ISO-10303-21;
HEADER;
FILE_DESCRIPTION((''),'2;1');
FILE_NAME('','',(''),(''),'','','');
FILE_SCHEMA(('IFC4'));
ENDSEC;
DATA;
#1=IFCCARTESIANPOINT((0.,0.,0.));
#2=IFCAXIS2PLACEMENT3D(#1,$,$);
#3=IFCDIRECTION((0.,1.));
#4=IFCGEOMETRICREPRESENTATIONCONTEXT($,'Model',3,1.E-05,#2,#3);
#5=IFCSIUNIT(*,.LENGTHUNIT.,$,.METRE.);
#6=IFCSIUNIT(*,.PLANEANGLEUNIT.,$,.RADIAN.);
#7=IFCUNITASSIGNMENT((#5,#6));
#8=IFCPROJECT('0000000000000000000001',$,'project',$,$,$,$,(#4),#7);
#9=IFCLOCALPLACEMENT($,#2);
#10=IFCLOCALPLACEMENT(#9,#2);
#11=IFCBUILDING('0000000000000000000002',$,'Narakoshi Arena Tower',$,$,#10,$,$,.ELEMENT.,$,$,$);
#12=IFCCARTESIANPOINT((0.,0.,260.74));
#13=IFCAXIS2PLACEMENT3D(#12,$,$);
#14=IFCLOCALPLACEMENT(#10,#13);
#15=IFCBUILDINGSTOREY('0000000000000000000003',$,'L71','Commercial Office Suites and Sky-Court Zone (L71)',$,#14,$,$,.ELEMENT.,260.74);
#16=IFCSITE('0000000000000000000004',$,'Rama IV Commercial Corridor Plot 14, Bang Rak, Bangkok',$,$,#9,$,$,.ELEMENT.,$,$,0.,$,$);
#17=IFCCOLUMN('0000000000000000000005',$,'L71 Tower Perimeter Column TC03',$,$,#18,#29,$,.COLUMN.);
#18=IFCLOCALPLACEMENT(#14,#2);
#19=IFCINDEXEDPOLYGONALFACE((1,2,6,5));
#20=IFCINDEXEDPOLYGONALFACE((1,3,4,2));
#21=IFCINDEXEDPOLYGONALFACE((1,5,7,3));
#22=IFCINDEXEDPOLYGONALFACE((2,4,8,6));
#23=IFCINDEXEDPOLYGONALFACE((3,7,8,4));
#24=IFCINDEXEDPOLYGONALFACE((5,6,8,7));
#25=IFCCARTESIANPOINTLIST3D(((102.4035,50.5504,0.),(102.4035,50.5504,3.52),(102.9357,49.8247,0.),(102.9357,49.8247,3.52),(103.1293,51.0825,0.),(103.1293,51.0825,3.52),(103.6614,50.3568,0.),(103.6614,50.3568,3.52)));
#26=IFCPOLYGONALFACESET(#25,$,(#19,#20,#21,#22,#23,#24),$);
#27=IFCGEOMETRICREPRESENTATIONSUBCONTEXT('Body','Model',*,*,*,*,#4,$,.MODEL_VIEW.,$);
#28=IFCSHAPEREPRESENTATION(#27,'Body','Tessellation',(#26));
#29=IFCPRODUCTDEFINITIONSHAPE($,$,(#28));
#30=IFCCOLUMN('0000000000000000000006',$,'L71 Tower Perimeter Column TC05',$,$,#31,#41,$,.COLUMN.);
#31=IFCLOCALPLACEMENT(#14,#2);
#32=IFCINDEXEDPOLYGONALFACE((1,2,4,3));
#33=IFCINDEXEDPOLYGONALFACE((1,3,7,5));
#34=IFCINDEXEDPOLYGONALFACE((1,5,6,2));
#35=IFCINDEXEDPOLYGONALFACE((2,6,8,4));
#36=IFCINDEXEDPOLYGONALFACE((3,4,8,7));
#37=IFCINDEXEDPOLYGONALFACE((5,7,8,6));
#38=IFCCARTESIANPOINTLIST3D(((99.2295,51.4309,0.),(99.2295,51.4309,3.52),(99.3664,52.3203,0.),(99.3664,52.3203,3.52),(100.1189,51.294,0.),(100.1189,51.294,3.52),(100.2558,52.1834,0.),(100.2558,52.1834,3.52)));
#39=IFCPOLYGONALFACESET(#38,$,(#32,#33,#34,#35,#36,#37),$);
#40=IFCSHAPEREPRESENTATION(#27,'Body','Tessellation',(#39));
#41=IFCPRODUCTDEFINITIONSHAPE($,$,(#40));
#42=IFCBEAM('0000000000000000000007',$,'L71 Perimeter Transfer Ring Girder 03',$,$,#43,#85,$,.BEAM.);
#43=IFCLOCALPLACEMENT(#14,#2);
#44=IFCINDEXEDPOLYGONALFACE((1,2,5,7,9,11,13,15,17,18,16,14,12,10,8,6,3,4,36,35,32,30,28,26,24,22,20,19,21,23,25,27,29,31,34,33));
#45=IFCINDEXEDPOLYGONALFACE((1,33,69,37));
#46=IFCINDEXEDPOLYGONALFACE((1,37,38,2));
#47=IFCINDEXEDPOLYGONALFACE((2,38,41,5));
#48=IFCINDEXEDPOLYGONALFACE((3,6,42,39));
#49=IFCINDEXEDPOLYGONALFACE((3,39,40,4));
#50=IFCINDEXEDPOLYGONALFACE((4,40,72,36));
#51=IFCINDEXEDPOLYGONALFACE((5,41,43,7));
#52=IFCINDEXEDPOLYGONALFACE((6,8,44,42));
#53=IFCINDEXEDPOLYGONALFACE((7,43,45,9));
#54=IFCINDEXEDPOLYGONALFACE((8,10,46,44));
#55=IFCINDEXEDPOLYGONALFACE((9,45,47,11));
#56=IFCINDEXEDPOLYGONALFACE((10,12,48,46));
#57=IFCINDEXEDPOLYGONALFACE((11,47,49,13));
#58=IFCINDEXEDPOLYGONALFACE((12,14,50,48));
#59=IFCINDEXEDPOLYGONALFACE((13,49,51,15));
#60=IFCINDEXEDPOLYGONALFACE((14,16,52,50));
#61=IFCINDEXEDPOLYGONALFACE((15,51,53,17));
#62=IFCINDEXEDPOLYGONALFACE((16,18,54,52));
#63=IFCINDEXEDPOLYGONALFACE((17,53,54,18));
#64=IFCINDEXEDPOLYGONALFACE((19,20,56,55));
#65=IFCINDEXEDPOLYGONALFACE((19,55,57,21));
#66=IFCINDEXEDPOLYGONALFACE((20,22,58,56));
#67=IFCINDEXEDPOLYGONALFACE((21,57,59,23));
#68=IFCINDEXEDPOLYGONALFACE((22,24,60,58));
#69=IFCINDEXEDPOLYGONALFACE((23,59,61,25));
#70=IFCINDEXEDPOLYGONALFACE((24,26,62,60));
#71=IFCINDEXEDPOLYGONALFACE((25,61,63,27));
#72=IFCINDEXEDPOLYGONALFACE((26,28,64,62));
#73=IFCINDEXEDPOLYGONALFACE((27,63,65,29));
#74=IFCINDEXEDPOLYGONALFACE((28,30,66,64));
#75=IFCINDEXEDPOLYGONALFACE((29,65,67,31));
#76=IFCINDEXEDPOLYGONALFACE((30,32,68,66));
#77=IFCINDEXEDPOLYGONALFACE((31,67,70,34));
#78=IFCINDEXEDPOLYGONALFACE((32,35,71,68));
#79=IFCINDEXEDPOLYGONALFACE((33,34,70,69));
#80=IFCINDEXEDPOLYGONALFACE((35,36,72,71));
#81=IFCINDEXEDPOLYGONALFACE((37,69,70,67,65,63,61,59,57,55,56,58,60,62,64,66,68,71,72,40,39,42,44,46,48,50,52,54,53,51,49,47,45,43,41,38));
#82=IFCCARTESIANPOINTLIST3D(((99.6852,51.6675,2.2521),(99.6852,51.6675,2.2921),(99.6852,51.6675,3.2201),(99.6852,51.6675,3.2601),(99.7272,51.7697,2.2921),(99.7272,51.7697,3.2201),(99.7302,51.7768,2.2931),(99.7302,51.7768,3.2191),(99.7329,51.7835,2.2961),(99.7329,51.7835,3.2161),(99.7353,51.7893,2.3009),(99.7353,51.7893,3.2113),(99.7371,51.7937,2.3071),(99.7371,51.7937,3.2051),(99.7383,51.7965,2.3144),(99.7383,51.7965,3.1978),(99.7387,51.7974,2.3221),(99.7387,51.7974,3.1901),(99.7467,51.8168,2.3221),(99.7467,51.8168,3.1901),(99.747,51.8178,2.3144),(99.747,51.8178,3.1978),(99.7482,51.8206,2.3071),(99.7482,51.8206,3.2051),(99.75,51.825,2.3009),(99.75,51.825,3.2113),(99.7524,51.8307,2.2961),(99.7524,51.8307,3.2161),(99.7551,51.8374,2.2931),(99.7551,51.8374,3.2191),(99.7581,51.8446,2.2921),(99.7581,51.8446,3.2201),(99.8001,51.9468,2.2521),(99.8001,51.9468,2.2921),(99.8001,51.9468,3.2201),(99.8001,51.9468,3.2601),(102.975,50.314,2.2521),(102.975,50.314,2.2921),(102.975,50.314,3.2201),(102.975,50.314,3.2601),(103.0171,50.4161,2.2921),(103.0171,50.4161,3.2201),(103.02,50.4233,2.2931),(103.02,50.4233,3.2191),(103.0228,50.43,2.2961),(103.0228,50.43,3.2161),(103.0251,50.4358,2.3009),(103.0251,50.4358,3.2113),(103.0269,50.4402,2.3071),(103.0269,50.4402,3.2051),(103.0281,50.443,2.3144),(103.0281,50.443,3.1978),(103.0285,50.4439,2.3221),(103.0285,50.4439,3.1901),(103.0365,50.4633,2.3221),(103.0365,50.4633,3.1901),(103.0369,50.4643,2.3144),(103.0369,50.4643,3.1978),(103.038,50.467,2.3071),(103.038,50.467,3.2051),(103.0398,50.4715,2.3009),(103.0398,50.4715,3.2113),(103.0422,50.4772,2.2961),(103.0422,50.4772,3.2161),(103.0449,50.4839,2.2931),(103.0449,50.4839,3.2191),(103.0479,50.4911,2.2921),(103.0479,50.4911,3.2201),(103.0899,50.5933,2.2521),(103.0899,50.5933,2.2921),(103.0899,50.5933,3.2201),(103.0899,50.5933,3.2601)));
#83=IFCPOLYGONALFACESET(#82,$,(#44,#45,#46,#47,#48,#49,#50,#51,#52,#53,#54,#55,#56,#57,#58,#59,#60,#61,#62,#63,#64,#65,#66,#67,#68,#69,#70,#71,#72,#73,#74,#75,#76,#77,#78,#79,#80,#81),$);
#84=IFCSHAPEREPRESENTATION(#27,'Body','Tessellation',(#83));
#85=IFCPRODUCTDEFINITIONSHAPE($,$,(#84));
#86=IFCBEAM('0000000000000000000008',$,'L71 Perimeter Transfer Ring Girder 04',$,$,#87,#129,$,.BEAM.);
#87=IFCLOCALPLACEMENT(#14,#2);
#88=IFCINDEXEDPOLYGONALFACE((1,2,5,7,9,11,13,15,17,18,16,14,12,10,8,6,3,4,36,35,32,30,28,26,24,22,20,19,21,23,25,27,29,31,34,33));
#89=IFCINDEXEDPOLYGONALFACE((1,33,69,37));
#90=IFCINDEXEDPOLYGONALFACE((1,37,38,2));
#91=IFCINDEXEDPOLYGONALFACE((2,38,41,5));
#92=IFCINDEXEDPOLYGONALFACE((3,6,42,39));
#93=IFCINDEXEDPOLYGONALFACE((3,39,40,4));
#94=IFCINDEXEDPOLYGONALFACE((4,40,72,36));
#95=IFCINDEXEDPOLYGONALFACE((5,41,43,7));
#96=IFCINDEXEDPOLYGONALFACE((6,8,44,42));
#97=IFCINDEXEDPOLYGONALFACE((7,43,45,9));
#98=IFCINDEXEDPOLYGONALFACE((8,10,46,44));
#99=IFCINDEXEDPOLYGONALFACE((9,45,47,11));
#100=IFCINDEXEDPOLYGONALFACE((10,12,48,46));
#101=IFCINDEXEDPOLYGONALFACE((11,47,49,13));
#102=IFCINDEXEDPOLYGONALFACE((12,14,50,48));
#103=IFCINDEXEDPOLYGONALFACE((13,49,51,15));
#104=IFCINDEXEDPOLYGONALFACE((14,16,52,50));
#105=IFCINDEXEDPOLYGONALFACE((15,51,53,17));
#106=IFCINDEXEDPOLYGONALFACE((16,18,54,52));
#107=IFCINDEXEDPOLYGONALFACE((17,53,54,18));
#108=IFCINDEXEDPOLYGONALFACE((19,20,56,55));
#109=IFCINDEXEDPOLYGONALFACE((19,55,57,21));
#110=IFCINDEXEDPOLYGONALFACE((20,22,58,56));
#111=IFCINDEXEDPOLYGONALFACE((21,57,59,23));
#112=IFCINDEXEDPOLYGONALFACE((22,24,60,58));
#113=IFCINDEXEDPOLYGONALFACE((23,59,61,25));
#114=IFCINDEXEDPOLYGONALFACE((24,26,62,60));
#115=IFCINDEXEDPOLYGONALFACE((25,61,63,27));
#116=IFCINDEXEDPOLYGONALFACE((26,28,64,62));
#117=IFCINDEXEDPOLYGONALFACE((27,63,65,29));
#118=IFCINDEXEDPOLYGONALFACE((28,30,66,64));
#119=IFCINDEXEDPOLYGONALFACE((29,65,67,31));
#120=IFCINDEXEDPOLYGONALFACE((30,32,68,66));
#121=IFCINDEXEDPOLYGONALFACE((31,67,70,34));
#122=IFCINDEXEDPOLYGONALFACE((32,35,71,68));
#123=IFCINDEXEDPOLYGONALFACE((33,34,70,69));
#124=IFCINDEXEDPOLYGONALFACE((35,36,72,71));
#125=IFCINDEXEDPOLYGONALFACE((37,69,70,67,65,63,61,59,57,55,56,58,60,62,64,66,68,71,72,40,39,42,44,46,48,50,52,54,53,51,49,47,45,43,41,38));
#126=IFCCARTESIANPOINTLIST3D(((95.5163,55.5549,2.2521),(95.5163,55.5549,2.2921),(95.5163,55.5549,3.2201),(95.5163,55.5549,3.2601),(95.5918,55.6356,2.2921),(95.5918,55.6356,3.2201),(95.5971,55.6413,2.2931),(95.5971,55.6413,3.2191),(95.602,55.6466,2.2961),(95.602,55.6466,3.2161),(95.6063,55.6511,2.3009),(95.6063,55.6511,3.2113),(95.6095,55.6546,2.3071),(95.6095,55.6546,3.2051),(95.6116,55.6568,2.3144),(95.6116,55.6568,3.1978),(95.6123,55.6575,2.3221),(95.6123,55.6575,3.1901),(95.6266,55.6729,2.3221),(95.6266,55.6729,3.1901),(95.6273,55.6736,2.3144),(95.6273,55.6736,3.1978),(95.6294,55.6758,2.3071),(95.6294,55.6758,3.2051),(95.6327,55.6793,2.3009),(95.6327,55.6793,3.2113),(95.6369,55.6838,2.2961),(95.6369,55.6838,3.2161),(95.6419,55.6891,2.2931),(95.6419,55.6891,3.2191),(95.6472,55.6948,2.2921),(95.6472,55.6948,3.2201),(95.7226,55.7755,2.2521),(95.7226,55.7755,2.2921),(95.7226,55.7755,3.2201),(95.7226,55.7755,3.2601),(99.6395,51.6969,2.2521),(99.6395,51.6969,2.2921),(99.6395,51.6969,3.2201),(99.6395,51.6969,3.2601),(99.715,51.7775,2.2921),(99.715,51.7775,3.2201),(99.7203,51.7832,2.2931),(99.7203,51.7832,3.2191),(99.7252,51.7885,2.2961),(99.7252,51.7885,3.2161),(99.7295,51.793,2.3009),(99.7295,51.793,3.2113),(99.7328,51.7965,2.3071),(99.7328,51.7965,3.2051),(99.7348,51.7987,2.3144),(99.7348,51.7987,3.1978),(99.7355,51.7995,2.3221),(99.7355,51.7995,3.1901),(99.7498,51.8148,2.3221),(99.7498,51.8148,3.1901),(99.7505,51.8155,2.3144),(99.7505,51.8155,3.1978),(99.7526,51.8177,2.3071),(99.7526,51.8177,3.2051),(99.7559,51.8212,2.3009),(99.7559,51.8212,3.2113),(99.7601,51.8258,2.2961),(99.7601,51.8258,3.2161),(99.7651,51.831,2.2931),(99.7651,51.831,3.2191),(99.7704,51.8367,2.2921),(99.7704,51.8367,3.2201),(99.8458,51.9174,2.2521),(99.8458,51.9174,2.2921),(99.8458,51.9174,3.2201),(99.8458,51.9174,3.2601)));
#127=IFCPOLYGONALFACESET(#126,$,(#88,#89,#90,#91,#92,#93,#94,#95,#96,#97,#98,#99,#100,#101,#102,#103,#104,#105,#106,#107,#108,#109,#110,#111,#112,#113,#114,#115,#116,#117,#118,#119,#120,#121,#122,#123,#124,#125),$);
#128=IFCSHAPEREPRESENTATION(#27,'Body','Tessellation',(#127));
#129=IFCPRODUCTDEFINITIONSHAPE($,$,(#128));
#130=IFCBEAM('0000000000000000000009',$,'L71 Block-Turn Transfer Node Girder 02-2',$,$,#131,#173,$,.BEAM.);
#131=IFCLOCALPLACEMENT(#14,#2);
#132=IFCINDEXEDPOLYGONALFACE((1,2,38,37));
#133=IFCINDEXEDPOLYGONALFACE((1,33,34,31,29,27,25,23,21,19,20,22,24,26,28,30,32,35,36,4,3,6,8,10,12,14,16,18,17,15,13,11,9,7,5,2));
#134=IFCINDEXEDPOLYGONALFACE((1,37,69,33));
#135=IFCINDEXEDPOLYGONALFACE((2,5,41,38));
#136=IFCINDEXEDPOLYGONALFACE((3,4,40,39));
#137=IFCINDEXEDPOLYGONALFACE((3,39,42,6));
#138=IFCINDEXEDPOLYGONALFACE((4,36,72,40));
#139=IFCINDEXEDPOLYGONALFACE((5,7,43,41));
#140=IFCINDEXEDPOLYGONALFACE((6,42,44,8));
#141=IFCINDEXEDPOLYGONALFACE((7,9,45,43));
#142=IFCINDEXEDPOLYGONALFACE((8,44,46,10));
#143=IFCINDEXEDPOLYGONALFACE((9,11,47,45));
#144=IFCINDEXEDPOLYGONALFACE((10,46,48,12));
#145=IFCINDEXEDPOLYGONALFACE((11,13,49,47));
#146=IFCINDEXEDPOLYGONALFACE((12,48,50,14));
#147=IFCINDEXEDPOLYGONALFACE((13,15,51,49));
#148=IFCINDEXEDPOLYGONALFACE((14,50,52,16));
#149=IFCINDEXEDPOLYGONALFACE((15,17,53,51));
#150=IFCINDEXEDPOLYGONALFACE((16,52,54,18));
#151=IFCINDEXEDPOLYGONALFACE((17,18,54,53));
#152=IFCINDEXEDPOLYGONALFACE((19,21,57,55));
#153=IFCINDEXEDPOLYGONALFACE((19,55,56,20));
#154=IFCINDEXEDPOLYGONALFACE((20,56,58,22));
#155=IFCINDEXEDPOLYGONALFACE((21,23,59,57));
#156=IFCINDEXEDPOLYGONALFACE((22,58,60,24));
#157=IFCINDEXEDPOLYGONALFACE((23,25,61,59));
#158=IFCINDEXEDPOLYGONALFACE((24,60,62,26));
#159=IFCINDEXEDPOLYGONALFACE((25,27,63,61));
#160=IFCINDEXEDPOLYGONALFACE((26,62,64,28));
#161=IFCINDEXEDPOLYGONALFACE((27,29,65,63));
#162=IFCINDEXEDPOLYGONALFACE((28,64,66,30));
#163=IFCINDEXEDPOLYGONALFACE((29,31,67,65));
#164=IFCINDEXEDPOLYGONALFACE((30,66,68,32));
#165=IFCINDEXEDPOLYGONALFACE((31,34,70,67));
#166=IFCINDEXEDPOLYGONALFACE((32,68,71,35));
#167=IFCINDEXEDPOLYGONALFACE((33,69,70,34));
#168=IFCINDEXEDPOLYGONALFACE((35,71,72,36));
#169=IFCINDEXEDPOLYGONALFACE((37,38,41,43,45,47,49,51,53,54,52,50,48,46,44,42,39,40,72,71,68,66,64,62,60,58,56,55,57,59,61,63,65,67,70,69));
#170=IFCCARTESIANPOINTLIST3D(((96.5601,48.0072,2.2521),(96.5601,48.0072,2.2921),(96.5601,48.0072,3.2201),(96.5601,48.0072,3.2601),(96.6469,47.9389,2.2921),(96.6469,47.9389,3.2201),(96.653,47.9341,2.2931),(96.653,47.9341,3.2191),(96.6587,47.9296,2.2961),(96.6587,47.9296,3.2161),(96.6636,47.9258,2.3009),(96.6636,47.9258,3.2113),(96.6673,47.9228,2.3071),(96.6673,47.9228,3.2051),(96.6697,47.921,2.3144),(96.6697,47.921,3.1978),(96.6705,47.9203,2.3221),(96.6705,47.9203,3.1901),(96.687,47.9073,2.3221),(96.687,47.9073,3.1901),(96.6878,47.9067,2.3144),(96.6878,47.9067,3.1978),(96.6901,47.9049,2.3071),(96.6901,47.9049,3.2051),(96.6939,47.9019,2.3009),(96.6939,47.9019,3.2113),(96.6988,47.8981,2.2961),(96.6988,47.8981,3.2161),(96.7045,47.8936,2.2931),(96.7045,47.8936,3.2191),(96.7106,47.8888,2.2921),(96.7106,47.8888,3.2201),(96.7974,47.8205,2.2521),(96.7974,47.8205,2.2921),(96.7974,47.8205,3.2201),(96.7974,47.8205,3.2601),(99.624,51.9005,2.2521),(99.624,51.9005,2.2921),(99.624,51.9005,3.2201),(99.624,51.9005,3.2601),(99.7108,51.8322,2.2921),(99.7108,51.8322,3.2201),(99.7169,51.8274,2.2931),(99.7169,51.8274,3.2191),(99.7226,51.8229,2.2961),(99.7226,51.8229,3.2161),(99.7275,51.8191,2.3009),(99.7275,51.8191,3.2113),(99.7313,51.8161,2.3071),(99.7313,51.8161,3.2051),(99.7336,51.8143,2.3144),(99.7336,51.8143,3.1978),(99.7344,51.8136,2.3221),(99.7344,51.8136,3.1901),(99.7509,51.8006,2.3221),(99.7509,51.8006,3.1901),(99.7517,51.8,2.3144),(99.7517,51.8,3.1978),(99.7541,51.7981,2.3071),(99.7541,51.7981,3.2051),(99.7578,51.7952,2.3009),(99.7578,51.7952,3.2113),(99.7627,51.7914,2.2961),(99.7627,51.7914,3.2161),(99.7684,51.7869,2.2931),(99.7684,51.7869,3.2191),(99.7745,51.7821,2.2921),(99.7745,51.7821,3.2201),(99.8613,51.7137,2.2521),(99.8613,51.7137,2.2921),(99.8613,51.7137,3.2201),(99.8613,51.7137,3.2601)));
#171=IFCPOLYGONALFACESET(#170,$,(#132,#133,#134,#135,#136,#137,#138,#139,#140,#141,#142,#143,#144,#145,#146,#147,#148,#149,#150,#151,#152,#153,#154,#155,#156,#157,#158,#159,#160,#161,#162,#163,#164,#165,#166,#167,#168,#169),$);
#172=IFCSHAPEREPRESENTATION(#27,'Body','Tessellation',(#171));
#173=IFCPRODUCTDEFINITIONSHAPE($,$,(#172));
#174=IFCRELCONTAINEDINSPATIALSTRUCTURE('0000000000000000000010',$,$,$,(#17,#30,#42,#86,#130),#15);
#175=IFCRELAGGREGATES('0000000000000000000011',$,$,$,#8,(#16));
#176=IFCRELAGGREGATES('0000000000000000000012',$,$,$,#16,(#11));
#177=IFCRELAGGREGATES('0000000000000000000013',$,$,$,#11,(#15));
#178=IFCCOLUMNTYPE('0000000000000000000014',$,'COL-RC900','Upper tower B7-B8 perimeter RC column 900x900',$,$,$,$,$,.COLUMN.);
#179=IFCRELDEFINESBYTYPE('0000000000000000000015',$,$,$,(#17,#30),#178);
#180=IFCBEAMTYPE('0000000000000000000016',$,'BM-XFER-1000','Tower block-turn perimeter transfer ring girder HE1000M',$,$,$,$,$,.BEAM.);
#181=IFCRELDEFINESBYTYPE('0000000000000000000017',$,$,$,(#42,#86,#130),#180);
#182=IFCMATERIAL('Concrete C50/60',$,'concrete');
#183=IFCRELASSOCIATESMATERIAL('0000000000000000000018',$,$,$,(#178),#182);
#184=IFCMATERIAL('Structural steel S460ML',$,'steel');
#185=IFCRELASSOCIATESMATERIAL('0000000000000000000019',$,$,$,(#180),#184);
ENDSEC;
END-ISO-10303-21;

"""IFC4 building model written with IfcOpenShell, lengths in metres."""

from ifc_helpers import new_model, si_unit, direction, frame, origin, origin_2d, place, context, subcontext, project, spatial, rectangle, i_section, extrude, material, material_profile, profile_set, type_object, element, save


model = new_model("IFC4")

# Units and contexts
model_context = context("Model", 3, precision=1e-05, world=origin(), true_north=direction((0.0, 1.0)))
body_context = subcontext(model_context, "Body", "Model", "MODEL_VIEW")
ifc_project = project(units=[si_unit("LENGTHUNIT", "METRE"), si_unit("PLANEANGLEUNIT", "RADIAN")], contexts=[model_context])

# Site, building, storey
site_placement = place(None, origin())
site = spatial("IfcSite", under=ifc_project, at=site_placement, Name="Rama IV Commercial Corridor Plot 14, Bang Rak, Bangkok", CompositionType="ELEMENT", RefElevation=0.0)
building_placement = place(site_placement, origin())
building = spatial("IfcBuilding", under=site, at=building_placement, Name="Narakoshi Arena Tower", CompositionType="ELEMENT")
storey_placement = place(building_placement, frame((0.0, 0.0, 260.74)))
storey = spatial("IfcBuildingStorey", under=building, at=storey_placement, Name="L71", Description="Commercial Office Suites and Sky-Court Zone (L71)", CompositionType="ELEMENT", Elevation=260.74)

# Columns
ifc_material_1 = material(Name="Concrete C50/60", Category="concrete")
ifc_material_profile_1 = material_profile(ifc_material_1, rectangle(XDim=0.8999, YDim=0.8999, at=origin_2d()), Name="RC900x900")
ifc_profile_set_1 = profile_set([ifc_material_profile_1], Name="Concrete C50/60")
column_type = type_object("IfcColumnType", Name="COL-RC900", Description="Upper tower B7-B8 perimeter RC column 900x900", PredefinedType="COLUMN", material=ifc_profile_set_1)
for number, where, z_axis, x_axis, name in (
    (1, (103.0325, 50.4536, 0.0), (0.0, 0.0, 1.0), (0.806445, 0.59131, 0.0), "L71 Tower Perimeter Column TC03"),
    (2, (99.7427, 51.8071, 0.0), (0.0, 0.0, 1.0), (0.152123, 0.988362, 0.0), "L71 Tower Perimeter Column TC05"),
):
    element("IfcColumn", number, at=place(storey_placement, frame(where, z_axis=z_axis, x_axis=x_axis)), inside=storey, type_object=column_type, Name=name, PredefinedType="COLUMN", context=body_context, shape_type="SweptSolid", body=[
        extrude(rectangle(XDim=0.8999, YDim=0.8999, at=origin_2d()), origin(), (0.0, 0.0, 1.0), 3.52),
    ])

# Beams
ifc_material_2 = material(Name="Structural steel S460ML", Category="steel")
ifc_material_profile_2 = material_profile(ifc_material_2, i_section(OverallWidth=0.302, OverallDepth=1.0081, WebThickness=0.021, FlangeThickness=0.04, FilletRadius=0.03, at=origin_2d()), Name="HE1000M")
ifc_profile_set_2 = profile_set([ifc_material_profile_2], Name="Structural steel S460ML")
beam_type = type_object("IfcBeamType", Name="BM-XFER-1000", Description="Tower block-turn perimeter transfer ring girder HE1000M", PredefinedType="BEAM", material=ifc_profile_set_2)
beam_1_placement = place(storey_placement, frame((103.0325, 50.4536, 2.7561), z_axis=(-0.924788, 0.380484, 0.0), x_axis=(-0.380484, -0.924788, 0.0)))
element("IfcBeam", 3, at=beam_1_placement, inside=storey, type_object=beam_type, Name="L71 Perimeter Transfer Ring Girder 03", PredefinedType="BEAM", context=body_context, shape_type="SweptSolid", body=[
    extrude(i_section(OverallWidth=0.302, OverallDepth=1.0081, WebThickness=0.021, FlangeThickness=0.04, FilletRadius=0.03, at=origin_2d()), origin(), (0.0, 0.0, 1.0), 3.5574),
])
beam_2_placement = place(storey_placement, frame((99.7427, 51.8071, 2.7561), z_axis=(-0.730193, 0.68324, 0.0), x_axis=(-0.68324, -0.730193, 0.0)))
element("IfcBeam", 4, at=beam_2_placement, inside=storey, type_object=beam_type, Name="L71 Perimeter Transfer Ring Girder 04", PredefinedType="BEAM", context=body_context, shape_type="SweptSolid", body=[
    extrude(i_section(OverallWidth=0.302, OverallDepth=1.0081, WebThickness=0.021, FlangeThickness=0.04, FilletRadius=0.03, at=origin_2d()), origin(), (0.0, 0.0, 1.0), 5.6467),
])
beam_3_placement = place(storey_placement, frame((99.7427, 51.8071, 2.7561), z_axis=(-0.618437, -0.785834, 0.0), x_axis=(0.785834, -0.618437, 0.0)))
element("IfcBeam", 5, at=beam_3_placement, inside=storey, type_object=beam_type, Name="L71 Block-Turn Transfer Node Girder 02-2", PredefinedType="BEAM", context=body_context, shape_type="SweptSolid", body=[
    extrude(i_section(OverallWidth=0.302, OverallDepth=1.0081, WebThickness=0.021, FlangeThickness=0.04, FilletRadius=0.03, at=origin_2d()), origin(), (0.0, 0.0, 1.0), 4.9543),
])

save(model, "model.ifc")
